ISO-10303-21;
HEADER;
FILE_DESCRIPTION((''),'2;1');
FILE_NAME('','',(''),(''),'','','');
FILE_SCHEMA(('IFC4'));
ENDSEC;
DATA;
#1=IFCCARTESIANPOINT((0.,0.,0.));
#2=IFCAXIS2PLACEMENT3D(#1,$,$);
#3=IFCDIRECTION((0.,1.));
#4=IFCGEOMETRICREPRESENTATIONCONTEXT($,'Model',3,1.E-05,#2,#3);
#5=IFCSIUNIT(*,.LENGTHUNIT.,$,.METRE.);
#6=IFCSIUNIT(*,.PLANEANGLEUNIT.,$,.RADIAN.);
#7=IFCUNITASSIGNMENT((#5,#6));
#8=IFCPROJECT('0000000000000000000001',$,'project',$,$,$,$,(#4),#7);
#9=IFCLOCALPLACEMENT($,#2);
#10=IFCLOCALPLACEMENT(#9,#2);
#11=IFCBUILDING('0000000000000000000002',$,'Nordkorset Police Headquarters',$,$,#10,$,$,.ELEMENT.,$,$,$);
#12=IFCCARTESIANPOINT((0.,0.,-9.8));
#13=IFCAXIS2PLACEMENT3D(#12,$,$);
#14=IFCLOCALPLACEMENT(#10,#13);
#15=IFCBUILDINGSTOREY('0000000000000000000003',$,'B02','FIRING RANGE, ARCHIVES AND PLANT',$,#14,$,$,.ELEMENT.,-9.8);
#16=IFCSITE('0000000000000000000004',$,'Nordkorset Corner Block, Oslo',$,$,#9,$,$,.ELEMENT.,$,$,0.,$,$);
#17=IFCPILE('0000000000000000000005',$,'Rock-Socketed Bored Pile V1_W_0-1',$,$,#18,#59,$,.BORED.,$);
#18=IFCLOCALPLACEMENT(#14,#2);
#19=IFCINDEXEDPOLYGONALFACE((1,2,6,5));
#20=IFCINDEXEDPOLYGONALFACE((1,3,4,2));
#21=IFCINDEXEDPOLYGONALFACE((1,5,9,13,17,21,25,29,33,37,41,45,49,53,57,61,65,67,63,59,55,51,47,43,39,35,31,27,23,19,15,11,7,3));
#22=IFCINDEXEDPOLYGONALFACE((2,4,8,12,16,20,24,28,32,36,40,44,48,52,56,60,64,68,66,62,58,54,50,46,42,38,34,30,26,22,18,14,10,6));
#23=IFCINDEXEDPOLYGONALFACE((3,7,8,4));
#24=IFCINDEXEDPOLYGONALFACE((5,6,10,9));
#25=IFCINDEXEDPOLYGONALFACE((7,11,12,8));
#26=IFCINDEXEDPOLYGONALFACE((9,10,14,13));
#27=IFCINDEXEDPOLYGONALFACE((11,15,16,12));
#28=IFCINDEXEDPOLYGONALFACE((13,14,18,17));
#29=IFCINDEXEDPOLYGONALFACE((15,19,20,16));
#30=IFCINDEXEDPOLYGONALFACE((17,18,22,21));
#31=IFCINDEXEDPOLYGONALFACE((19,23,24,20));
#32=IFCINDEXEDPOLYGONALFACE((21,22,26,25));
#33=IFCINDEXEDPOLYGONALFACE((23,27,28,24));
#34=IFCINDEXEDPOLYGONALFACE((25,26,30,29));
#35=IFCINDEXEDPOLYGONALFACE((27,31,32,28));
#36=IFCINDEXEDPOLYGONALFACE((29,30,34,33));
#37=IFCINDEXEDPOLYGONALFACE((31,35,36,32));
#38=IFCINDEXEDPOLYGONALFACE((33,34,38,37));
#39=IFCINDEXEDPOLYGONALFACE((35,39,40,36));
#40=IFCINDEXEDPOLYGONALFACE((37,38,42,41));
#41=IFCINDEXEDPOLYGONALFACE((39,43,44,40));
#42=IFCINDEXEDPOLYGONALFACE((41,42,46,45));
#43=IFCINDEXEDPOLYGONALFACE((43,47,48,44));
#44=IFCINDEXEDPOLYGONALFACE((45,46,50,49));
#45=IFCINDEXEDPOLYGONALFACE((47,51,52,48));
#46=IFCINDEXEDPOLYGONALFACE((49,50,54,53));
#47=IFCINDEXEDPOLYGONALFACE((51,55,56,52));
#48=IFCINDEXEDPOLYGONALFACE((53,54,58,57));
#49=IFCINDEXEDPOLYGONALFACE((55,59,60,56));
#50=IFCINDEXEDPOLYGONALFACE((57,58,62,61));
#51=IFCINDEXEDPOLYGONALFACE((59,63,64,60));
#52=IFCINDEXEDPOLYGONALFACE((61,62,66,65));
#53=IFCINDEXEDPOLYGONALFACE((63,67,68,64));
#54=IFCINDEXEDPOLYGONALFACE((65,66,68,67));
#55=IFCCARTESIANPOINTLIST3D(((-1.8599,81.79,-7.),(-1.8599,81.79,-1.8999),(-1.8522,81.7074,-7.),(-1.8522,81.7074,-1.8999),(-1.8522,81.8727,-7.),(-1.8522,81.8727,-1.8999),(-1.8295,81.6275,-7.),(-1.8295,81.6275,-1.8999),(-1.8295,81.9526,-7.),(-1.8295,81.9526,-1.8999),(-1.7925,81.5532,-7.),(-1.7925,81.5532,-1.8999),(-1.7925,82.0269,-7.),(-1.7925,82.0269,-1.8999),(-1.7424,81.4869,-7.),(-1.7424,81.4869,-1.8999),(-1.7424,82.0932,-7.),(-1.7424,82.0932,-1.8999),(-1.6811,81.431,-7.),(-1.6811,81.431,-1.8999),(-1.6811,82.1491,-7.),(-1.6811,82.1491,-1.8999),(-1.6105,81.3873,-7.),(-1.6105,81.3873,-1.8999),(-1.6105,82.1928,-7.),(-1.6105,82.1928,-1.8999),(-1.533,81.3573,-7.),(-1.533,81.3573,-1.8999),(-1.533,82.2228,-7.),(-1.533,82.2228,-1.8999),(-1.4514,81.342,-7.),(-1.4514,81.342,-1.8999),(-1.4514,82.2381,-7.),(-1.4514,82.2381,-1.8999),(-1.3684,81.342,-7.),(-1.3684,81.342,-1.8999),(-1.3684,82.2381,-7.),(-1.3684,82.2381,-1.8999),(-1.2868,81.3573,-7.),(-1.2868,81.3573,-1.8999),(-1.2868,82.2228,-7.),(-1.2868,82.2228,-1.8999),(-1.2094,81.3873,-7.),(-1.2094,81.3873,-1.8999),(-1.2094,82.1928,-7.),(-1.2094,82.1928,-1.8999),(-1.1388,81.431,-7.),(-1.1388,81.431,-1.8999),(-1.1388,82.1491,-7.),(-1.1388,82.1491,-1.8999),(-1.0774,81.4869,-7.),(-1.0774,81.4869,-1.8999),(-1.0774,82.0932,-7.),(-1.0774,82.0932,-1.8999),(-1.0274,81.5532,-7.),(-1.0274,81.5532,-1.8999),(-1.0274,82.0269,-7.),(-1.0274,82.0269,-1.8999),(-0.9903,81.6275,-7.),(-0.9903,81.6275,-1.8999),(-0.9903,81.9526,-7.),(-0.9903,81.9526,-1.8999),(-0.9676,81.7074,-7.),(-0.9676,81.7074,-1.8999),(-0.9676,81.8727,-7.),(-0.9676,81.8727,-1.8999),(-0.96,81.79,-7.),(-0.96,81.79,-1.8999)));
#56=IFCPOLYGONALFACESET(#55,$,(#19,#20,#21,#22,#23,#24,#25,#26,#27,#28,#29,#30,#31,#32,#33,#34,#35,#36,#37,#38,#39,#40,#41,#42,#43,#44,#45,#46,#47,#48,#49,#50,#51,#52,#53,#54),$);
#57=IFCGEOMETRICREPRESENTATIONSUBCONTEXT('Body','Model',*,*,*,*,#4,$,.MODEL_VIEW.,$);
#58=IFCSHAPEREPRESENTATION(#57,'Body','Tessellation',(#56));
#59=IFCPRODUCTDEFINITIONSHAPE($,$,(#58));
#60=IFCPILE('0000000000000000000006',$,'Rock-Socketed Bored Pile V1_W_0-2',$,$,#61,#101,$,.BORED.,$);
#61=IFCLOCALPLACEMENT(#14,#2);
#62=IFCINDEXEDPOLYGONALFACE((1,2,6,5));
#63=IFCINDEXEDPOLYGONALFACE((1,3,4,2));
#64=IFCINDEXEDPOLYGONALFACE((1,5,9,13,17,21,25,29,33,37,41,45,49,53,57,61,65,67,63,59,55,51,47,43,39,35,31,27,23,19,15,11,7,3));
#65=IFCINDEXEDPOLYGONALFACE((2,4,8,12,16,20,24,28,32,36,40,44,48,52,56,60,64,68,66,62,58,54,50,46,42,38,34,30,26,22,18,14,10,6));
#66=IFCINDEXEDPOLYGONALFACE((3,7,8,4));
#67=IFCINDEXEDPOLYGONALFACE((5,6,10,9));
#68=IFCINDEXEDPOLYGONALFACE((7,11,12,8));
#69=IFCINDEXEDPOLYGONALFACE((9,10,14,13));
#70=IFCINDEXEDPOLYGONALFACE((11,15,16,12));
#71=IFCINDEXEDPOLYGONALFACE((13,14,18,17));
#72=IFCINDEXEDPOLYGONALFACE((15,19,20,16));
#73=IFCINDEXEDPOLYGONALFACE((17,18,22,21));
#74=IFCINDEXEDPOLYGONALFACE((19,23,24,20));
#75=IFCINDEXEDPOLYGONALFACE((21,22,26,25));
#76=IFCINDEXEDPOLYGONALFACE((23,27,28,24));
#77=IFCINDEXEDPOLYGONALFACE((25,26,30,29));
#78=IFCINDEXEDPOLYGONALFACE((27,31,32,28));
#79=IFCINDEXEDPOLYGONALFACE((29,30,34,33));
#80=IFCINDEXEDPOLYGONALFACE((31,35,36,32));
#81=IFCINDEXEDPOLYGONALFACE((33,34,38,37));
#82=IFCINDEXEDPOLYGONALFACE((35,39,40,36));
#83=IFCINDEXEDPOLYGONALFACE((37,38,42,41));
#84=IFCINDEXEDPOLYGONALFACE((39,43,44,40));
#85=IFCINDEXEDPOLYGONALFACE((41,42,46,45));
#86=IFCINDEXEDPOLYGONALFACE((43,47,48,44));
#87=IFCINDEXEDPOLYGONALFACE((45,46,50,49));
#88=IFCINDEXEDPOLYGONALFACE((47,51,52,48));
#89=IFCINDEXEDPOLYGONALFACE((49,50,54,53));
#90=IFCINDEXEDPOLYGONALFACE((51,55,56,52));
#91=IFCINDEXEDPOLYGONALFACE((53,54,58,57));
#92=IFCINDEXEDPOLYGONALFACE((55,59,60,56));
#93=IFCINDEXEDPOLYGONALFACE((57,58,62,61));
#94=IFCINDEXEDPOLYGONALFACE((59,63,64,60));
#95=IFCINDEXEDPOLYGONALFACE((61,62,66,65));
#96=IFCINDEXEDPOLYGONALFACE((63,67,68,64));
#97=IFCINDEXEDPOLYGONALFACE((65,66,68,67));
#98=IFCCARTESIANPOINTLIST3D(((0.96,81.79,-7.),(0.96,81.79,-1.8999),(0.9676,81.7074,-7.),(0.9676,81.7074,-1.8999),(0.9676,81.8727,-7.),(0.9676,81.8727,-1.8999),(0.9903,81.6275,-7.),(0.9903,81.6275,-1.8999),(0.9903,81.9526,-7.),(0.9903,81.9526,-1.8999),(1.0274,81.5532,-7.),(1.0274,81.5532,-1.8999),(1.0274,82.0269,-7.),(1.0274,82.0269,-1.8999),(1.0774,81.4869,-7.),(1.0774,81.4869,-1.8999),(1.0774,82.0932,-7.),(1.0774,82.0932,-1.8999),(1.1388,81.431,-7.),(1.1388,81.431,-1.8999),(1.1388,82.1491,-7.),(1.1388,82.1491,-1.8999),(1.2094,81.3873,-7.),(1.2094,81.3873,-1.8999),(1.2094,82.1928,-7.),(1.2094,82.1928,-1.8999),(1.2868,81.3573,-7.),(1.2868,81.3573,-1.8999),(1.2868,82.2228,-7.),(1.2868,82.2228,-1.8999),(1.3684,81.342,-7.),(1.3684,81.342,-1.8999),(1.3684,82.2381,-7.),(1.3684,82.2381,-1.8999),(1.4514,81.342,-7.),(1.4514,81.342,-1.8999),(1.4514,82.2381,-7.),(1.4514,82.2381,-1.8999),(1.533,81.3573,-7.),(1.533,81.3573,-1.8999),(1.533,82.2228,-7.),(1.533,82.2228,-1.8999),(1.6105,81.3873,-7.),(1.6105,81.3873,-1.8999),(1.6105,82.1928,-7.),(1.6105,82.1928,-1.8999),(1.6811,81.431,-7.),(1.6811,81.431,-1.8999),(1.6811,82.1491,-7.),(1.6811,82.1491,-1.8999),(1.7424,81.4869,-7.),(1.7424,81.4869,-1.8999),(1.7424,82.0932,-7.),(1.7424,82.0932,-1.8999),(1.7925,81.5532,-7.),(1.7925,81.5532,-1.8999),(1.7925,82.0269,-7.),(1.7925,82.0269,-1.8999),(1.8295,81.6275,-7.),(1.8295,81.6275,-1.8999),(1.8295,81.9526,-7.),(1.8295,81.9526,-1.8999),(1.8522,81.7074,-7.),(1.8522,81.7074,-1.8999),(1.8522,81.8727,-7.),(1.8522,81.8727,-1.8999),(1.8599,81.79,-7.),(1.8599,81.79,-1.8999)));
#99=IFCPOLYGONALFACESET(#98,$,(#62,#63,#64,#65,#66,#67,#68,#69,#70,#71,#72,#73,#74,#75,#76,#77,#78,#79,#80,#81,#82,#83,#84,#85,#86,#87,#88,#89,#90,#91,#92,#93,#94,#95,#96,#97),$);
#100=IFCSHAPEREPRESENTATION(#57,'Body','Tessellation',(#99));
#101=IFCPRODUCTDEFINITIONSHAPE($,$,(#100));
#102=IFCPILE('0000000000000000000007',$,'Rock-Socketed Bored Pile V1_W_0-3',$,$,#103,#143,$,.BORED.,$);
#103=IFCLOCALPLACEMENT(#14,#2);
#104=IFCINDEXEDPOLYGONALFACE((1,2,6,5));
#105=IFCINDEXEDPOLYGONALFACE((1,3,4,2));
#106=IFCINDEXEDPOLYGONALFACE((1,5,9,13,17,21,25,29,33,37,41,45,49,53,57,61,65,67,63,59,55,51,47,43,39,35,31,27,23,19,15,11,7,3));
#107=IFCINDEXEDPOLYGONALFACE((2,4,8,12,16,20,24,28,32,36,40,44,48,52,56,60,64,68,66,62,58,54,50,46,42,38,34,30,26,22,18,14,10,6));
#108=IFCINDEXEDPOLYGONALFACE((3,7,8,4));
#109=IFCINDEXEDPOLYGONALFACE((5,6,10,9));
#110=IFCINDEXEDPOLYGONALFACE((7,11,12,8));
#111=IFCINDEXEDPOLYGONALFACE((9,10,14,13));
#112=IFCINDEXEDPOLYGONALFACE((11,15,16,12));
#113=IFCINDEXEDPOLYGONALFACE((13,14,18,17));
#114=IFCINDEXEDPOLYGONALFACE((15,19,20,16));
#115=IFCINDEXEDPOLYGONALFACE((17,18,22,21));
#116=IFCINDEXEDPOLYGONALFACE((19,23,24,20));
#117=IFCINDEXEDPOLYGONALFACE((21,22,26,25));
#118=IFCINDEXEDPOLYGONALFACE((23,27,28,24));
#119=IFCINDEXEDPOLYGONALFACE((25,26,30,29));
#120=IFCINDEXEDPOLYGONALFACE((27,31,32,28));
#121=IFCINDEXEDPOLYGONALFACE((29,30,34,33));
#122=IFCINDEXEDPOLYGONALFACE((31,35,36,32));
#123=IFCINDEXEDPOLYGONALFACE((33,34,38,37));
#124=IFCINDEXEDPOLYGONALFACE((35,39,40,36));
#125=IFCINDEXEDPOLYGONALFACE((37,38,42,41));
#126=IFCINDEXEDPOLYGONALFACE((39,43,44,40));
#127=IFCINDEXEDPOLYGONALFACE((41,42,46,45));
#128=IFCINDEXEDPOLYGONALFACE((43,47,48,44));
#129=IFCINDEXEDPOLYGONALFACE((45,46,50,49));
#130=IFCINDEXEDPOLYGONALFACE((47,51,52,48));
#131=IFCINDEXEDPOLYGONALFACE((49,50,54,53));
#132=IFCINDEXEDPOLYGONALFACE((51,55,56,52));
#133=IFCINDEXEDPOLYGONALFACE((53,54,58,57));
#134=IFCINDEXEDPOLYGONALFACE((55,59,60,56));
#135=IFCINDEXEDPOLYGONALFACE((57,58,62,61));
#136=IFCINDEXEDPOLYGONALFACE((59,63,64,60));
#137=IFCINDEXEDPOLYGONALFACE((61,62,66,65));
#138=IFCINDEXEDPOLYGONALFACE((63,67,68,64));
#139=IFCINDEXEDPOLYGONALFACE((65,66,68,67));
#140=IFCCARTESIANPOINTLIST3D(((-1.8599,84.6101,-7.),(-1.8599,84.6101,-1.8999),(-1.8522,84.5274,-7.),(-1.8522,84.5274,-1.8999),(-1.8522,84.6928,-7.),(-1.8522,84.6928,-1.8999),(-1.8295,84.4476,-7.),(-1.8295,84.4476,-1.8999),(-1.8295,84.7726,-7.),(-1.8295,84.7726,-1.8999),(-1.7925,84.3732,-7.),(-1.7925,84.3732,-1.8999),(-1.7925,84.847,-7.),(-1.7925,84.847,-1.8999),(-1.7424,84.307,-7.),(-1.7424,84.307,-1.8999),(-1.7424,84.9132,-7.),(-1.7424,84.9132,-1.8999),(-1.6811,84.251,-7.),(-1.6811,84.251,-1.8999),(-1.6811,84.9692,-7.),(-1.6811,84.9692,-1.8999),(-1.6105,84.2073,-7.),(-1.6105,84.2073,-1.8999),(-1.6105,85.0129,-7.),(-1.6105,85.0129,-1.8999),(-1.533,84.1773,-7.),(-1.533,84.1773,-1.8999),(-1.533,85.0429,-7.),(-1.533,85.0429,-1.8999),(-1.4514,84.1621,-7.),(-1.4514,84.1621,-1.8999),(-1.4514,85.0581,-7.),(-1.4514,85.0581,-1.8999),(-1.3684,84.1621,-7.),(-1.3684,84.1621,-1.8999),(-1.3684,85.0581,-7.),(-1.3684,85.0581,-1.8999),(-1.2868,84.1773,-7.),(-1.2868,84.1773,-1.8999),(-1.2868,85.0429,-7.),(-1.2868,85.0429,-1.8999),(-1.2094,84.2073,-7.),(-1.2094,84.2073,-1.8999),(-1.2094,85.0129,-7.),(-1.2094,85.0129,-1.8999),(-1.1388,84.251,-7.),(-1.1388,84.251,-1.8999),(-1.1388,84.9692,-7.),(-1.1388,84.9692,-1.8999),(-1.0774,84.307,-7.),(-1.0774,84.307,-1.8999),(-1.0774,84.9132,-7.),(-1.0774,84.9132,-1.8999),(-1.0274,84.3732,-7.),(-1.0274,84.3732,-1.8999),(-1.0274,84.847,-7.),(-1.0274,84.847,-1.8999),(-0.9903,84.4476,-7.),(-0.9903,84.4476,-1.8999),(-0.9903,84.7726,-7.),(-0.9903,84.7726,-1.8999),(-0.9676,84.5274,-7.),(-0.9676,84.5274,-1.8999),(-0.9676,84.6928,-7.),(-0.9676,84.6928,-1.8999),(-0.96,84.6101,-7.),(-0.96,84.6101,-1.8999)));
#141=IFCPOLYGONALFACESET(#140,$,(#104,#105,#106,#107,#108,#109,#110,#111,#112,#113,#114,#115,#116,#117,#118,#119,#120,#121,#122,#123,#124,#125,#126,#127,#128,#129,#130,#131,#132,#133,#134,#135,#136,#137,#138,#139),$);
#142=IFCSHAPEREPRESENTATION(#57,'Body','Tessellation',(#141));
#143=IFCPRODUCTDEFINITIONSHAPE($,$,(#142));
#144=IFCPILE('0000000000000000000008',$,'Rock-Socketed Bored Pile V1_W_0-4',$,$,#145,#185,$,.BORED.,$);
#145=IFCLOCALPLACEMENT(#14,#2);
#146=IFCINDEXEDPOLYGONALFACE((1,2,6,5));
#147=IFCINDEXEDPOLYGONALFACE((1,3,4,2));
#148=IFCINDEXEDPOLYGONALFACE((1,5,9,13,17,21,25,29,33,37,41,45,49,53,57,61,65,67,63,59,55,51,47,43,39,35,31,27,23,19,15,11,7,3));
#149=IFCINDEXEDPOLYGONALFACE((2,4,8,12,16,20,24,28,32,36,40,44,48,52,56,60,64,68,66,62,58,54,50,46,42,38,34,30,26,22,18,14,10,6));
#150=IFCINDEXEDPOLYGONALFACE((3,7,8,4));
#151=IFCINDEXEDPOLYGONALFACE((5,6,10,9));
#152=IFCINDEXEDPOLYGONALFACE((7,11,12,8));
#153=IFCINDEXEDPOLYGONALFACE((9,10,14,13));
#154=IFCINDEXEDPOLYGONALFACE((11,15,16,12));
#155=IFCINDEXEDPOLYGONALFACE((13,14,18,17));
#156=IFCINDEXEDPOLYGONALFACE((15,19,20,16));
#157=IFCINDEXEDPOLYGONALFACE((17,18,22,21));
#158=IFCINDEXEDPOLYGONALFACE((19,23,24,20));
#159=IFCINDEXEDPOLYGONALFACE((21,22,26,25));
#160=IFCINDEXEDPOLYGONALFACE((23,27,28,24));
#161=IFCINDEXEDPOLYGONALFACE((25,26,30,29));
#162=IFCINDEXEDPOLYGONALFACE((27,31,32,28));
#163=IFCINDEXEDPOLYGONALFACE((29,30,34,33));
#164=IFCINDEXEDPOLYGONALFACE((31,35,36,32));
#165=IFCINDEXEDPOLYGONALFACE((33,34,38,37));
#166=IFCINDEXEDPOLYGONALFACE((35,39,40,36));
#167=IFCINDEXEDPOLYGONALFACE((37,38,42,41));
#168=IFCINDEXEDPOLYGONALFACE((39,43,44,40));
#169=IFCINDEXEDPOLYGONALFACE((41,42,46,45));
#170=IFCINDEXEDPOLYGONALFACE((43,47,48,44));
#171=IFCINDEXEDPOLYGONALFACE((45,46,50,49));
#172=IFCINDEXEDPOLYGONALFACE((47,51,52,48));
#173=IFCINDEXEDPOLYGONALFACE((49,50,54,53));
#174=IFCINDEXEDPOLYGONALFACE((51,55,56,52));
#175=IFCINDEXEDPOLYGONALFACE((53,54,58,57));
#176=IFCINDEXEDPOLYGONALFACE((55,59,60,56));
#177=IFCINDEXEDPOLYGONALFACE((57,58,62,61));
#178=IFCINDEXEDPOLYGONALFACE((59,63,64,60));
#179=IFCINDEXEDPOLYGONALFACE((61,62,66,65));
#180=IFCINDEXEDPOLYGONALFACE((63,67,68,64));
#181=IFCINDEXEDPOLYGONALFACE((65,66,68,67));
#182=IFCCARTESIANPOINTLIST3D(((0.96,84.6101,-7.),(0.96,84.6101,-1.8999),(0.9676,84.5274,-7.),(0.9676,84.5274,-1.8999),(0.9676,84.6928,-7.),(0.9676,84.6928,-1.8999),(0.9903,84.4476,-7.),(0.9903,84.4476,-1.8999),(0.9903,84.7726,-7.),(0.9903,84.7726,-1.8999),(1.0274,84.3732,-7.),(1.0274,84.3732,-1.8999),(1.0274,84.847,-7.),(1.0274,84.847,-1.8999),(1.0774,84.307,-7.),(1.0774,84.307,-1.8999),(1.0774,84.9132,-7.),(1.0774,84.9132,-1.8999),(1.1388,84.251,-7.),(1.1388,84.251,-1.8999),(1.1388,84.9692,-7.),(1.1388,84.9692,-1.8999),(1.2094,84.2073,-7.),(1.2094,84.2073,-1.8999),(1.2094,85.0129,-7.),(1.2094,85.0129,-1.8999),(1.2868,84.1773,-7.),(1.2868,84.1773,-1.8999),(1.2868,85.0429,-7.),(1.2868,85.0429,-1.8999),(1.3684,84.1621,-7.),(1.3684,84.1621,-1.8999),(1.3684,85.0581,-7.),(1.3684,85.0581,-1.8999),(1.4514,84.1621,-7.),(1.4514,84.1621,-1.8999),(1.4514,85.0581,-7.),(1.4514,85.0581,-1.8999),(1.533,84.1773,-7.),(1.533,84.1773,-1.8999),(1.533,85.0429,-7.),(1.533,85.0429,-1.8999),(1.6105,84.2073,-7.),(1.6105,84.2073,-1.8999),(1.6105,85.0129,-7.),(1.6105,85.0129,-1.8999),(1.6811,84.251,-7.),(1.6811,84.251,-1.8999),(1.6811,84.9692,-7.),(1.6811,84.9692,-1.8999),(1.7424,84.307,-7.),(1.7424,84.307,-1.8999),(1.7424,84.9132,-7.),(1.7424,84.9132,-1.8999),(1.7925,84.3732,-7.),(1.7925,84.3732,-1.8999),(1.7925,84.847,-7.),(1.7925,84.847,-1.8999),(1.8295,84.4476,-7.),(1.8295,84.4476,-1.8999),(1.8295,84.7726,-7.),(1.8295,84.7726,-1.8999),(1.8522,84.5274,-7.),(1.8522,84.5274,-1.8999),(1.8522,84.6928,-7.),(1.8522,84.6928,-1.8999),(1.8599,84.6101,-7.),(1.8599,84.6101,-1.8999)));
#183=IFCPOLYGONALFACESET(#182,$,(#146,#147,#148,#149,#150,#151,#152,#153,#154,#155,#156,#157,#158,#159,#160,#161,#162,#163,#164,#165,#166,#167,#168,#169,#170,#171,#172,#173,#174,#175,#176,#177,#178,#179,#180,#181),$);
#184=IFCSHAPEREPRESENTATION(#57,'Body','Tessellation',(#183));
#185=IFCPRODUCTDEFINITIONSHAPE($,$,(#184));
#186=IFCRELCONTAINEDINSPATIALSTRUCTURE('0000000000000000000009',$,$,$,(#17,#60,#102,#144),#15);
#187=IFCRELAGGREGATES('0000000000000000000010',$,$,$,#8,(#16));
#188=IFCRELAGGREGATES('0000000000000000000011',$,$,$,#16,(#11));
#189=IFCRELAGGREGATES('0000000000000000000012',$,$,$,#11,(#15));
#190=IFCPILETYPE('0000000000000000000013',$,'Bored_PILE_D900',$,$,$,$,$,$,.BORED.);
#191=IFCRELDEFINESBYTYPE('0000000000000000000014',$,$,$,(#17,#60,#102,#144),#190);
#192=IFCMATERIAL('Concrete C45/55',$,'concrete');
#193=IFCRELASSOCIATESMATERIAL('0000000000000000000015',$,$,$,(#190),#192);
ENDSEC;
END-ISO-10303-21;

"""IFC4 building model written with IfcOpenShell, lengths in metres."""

from ifc_helpers import new_model, si_unit, direction, frame, origin, origin_2d, place, context, subcontext, project, spatial, circle, extrude, material, material_profile, profile_set, type_object, element, save


model = new_model("IFC4")

# Units and contexts
model_context = context("Model", 3, precision=1e-05, world=origin(), true_north=direction((0.0, 1.0)))
body_context = subcontext(model_context, "Body", "Model", "MODEL_VIEW")
ifc_project = project(units=[si_unit("LENGTHUNIT", "METRE"), si_unit("PLANEANGLEUNIT", "RADIAN")], contexts=[model_context])

# Site, building, storey
site_placement = place(None, origin())
site = spatial("IfcSite", under=ifc_project, at=site_placement, Name="Nordkorset Corner Block, Oslo", CompositionType="ELEMENT", RefElevation=0.0)
building_placement = place(site_placement, origin())
building = spatial("IfcBuilding", under=site, at=building_placement, Name="Nordkorset Police Headquarters", CompositionType="ELEMENT")
storey_placement = place(building_placement, frame((0.0, 0.0, -9.8)))
storey = spatial("IfcBuildingStorey", under=building, at=storey_placement, Name="B02", Description="FIRING RANGE, ARCHIVES AND PLANT", CompositionType="ELEMENT", Elevation=-9.8)

# Piles
ifc_material_1 = material(Name="Concrete C45/55", Category="concrete")
ifc_material_profile_1 = material_profile(ifc_material_1, circle(Radius=0.45, at=origin_2d()), Name="PILE D900")
ifc_profile_set_1 = profile_set([ifc_material_profile_1], Name="Concrete C45/55")
pile_type = type_object("IfcPileType", Name="Bored_PILE_D900", PredefinedType="BORED", material=ifc_profile_set_1)
for number, where, z_axis, x_axis, name in (
    (1, (-1.4099, 81.79, -1.8999), (0.0, 0.0, -1.0), (1.0, 0.0, 0.0), "Rock-Socketed Bored Pile V1_W_0-1"),
    (2, (1.4099, 81.79, -1.8999), (0.0, 0.0, -1.0), (1.0, 0.0, 0.0), "Rock-Socketed Bored Pile V1_W_0-2"),
    (3, (-1.4099, 84.6101, -1.8999), (0.0, 0.0, -1.0), (1.0, 0.0, 0.0), "Rock-Socketed Bored Pile V1_W_0-3"),
    (4, (1.4099, 84.6101, -1.8999), (0.0, 0.0, -1.0), (1.0, 0.0, 0.0), "Rock-Socketed Bored Pile V1_W_0-4"),
):
    element("IfcPile", number, at=place(storey_placement, frame(where, z_axis=z_axis, x_axis=x_axis)), inside=storey, type_object=pile_type, Name=name, PredefinedType="BORED", context=body_context, shape_type="SweptSolid", body=[
        extrude(circle(Radius=0.45, at=origin_2d()), origin(), (0.0, 0.0, 1.0), 5.1001),
    ])

save(model, "model.ifc")
